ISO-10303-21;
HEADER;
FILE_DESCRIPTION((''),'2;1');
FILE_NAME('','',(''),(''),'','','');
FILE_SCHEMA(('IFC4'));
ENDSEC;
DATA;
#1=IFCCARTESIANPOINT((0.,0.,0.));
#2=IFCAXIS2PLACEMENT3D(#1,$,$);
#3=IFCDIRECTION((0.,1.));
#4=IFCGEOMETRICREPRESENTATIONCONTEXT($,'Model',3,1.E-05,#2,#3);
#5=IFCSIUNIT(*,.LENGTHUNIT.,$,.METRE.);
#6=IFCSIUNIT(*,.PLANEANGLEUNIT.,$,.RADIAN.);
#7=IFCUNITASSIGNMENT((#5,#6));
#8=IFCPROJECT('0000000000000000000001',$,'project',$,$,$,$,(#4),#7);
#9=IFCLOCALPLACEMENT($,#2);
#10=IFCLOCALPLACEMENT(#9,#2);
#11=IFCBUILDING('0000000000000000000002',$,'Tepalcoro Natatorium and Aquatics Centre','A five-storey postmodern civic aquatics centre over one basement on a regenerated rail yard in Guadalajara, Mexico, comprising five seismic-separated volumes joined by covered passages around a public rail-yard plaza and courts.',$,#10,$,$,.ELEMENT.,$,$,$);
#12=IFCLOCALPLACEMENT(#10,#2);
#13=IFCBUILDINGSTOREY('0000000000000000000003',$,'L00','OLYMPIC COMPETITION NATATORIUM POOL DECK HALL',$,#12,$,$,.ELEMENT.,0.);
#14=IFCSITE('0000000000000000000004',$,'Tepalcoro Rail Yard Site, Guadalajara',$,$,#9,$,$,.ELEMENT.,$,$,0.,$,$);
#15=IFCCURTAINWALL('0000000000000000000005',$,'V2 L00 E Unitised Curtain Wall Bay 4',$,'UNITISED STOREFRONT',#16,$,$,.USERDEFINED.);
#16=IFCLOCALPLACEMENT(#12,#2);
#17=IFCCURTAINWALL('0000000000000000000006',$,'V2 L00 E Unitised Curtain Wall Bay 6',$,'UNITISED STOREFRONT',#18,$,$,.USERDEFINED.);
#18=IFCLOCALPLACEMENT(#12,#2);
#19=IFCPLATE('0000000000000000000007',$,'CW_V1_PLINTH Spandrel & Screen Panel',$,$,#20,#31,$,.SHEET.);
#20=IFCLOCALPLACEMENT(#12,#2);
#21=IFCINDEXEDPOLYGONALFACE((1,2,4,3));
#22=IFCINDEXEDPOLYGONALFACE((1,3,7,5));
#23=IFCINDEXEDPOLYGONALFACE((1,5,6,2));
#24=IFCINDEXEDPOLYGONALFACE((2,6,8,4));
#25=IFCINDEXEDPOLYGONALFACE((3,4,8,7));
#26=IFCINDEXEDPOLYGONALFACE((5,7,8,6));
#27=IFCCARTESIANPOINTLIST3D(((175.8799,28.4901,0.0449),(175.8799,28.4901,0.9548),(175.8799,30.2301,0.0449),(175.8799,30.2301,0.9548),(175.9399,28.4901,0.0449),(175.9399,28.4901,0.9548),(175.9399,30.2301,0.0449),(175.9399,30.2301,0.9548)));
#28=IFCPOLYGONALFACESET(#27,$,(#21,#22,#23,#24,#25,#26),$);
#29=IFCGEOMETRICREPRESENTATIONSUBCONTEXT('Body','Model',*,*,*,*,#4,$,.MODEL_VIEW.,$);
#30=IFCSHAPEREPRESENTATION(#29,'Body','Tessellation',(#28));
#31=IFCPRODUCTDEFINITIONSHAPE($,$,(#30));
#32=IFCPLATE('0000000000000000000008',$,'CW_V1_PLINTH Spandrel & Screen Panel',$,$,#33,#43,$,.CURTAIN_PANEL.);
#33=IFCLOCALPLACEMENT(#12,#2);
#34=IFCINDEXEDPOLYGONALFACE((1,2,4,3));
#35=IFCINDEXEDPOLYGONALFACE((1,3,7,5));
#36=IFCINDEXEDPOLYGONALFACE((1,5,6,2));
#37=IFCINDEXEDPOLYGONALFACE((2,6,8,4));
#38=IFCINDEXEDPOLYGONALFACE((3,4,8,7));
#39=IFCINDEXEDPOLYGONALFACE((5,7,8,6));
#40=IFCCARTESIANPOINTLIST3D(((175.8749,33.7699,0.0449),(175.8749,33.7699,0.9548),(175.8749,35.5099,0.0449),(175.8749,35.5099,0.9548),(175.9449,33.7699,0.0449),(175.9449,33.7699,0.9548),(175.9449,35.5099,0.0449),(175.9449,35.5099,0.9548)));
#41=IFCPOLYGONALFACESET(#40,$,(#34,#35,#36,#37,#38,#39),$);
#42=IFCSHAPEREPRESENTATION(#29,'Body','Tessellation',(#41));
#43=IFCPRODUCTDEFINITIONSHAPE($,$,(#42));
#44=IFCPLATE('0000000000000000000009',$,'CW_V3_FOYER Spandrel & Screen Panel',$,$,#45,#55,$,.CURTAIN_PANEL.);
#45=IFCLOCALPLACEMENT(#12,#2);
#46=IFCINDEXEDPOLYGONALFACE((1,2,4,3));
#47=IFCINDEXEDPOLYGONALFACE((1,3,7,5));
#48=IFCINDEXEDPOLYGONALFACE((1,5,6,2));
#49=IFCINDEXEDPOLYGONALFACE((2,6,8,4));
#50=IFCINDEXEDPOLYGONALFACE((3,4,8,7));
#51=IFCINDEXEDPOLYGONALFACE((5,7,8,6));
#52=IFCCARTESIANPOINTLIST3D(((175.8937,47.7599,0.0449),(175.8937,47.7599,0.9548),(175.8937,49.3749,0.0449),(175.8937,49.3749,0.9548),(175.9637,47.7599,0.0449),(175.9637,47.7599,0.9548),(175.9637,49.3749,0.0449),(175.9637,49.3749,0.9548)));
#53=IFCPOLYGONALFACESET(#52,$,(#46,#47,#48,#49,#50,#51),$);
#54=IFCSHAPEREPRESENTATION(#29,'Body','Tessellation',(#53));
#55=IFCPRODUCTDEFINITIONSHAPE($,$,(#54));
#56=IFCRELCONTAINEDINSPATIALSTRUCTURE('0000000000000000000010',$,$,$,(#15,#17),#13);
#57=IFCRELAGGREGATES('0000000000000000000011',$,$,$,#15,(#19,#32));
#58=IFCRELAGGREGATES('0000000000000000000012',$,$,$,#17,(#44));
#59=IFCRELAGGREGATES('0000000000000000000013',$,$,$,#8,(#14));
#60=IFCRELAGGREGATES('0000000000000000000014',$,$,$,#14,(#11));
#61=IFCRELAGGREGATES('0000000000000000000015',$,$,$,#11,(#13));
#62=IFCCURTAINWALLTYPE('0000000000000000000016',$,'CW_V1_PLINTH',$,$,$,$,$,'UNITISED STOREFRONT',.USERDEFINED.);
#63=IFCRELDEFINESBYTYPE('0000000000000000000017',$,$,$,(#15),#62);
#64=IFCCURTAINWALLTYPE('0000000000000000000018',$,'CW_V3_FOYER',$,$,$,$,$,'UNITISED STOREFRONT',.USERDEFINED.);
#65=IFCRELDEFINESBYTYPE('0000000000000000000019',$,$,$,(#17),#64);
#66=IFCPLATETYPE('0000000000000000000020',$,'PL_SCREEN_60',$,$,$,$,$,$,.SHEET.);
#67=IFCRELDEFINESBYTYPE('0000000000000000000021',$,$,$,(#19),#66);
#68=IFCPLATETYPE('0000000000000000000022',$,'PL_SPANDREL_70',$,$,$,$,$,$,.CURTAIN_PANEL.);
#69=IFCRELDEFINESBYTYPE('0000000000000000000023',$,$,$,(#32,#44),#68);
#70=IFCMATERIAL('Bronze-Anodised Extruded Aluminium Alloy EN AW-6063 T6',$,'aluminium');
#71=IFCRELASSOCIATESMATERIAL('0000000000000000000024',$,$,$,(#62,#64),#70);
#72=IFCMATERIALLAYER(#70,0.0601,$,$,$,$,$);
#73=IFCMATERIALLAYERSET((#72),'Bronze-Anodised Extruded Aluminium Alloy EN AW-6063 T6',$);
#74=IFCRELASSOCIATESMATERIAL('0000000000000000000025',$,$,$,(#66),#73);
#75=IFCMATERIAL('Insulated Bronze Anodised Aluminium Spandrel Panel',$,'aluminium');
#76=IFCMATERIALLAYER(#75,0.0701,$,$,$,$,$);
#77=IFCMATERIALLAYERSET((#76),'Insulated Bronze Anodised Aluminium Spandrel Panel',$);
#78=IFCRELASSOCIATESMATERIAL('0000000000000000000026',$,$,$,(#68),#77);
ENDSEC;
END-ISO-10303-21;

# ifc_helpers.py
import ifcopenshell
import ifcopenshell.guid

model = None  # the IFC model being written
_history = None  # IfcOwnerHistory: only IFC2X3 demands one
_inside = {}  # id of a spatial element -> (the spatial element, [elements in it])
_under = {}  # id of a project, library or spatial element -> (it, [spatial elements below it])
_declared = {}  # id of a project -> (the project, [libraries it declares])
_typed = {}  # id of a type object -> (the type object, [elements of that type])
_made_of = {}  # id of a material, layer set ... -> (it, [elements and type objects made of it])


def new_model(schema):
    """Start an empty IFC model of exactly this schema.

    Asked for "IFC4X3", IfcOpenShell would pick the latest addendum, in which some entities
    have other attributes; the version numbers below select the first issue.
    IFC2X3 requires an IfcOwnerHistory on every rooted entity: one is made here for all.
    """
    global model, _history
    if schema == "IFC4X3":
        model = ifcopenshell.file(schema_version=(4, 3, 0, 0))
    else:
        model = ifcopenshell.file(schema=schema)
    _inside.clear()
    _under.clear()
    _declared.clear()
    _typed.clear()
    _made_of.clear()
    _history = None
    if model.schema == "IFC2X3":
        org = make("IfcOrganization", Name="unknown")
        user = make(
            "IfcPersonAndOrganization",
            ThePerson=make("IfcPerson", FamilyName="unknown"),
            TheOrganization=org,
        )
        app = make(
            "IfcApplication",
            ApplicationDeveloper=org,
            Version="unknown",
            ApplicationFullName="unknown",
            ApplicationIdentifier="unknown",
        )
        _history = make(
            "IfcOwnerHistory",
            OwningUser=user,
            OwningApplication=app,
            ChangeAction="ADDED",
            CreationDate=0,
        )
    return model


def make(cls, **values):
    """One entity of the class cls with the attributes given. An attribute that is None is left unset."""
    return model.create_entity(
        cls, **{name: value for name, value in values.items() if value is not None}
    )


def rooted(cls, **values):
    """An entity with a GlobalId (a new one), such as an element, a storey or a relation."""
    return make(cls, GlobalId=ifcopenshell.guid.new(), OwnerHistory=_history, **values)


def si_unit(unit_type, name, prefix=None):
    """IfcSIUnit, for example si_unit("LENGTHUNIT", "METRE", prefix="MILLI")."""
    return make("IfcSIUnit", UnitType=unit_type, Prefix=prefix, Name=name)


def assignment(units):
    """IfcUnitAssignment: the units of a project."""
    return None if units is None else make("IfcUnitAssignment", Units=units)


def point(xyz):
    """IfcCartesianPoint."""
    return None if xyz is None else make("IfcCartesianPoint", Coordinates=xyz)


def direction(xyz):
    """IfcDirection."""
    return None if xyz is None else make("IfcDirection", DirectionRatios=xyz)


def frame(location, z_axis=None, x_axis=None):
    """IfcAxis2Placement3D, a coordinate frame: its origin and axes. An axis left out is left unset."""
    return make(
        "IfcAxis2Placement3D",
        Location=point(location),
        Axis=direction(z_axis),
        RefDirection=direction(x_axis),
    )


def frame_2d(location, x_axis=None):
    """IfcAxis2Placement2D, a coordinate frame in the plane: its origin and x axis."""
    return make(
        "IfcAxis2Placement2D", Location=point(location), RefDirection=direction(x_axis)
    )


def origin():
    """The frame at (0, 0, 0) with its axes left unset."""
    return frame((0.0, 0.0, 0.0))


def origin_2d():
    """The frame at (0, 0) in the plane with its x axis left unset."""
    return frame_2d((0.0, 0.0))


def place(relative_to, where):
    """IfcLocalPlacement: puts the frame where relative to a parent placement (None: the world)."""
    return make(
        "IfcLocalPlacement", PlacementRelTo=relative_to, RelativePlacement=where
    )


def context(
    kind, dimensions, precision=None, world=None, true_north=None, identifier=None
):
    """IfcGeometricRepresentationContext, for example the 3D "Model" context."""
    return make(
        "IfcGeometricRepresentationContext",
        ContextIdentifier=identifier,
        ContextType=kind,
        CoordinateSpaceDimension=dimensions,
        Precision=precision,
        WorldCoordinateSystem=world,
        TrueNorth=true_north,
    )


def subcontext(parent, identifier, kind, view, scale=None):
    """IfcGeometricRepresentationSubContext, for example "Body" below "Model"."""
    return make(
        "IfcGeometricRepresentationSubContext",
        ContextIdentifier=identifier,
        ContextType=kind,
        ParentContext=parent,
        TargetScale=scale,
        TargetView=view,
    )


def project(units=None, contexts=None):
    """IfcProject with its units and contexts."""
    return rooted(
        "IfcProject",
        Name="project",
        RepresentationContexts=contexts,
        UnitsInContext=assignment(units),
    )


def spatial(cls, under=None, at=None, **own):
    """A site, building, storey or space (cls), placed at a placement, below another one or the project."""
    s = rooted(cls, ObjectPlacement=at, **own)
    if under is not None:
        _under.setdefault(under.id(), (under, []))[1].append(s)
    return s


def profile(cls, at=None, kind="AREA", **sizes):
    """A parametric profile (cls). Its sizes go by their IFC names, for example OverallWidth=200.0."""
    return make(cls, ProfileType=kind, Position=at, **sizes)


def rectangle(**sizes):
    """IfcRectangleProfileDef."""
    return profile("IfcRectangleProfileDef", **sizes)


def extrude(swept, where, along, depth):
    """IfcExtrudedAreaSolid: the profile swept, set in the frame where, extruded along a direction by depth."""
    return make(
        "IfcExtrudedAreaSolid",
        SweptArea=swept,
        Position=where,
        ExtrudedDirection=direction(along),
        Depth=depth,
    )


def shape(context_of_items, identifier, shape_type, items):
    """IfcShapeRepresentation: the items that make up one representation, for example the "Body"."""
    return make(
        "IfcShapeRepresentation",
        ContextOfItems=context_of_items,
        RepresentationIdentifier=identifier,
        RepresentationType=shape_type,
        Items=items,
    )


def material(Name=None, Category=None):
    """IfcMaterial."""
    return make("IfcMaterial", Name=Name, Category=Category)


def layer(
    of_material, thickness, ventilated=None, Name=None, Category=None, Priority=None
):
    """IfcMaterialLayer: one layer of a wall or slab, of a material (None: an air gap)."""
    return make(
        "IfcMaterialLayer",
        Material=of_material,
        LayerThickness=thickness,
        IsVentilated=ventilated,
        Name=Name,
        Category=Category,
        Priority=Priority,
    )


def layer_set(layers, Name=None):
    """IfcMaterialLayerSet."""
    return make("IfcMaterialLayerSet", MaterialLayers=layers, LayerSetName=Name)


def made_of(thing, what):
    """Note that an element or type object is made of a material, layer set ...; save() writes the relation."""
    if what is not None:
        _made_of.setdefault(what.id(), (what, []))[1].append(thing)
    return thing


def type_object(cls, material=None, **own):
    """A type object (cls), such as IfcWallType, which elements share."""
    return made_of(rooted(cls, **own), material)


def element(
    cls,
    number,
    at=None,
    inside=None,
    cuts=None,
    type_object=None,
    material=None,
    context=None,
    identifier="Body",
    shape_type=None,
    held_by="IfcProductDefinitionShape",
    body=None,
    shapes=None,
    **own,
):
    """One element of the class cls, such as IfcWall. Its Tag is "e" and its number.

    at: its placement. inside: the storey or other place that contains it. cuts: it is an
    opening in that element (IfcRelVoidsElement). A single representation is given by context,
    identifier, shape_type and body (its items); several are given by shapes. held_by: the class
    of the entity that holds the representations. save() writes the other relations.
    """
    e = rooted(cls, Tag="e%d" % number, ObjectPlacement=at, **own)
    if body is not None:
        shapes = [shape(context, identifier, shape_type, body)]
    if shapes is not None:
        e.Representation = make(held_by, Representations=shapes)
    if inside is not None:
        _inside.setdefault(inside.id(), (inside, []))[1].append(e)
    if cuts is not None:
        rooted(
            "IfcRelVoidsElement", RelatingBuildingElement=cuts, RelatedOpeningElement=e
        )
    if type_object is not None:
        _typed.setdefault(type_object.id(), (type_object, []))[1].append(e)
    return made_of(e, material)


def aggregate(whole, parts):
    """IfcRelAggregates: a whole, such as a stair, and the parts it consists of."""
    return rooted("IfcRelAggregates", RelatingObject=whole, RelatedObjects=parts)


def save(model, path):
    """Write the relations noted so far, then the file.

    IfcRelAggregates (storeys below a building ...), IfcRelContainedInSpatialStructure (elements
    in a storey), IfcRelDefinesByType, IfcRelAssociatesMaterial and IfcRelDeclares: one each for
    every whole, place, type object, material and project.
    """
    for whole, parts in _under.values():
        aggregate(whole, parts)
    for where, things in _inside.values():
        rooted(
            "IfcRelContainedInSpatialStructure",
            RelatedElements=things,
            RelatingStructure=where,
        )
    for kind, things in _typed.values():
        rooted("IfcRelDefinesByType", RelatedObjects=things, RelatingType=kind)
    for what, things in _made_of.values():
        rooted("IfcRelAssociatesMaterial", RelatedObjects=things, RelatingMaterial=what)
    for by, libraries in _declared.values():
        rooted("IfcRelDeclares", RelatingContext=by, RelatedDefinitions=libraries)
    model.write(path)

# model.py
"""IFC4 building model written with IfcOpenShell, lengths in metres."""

from ifc_helpers import new_model, si_unit, direction, frame, origin, origin_2d, place, context, subcontext, project, spatial, rectangle, extrude, material, layer, layer_set, type_object, element, aggregate, save


model = new_model("IFC4")

# Units and contexts
model_context = context("Model", 3, precision=1e-05, world=origin(), true_north=direction((0.0, 1.0)))
body_context = subcontext(model_context, "Body", "Model", "MODEL_VIEW")
ifc_project = project(units=[si_unit("LENGTHUNIT", "METRE"), si_unit("PLANEANGLEUNIT", "RADIAN")], contexts=[model_context])

# Site, building, storey
site_placement = place(None, origin())
site = spatial("IfcSite", under=ifc_project, at=site_placement, Name="Tepalcoro Rail Yard Site, Guadalajara", CompositionType="ELEMENT", RefElevation=0.0)
building_placement = place(site_placement, origin())
building = spatial("IfcBuilding", under=site, at=building_placement, Name="Tepalcoro Natatorium and Aquatics Centre", Description="A five-storey postmodern civic aquatics centre over one basement on a regenerated rail yard in Guadalajara, Mexico, comprising five seismic-separated volumes joined by covered passages around a public rail-yard plaza and courts.", CompositionType="ELEMENT")
storey_placement = place(building_placement, origin())
storey = spatial("IfcBuildingStorey", under=building, at=storey_placement, Name="L00", Description="OLYMPIC COMPETITION NATATORIUM POOL DECK HALL", CompositionType="ELEMENT", Elevation=0.0)

# Curtain walls
ifc_material_1 = material(Name="Bronze-Anodised Extruded Aluminium Alloy EN AW-6063 T6", Category="aluminium")
curtain_wall_type_1 = type_object("IfcCurtainWallType", Name="CW_V1_PLINTH", ElementType="UNITISED STOREFRONT", PredefinedType="USERDEFINED", material=ifc_material_1)
curtain_wall_1_placement = place(storey_placement, origin())
curtain_wall_1 = element("IfcCurtainWall", 1, at=curtain_wall_1_placement, inside=storey, type_object=curtain_wall_type_1, Name="V2 L00 E Unitised Curtain Wall Bay 4", ObjectType="UNITISED STOREFRONT", PredefinedType="USERDEFINED")
curtain_wall_type_2 = type_object("IfcCurtainWallType", Name="CW_V3_FOYER", ElementType="UNITISED STOREFRONT", PredefinedType="USERDEFINED", material=ifc_material_1)
curtain_wall_2_placement = place(storey_placement, origin())
curtain_wall_2 = element("IfcCurtainWall", 2, at=curtain_wall_2_placement, inside=storey, type_object=curtain_wall_type_2, Name="V2 L00 E Unitised Curtain Wall Bay 6", ObjectType="UNITISED STOREFRONT", PredefinedType="USERDEFINED")

# Plates
ifc_layer_1 = layer(ifc_material_1, 0.0601)
ifc_layer_set_1 = layer_set([ifc_layer_1], Name="Bronze-Anodised Extruded Aluminium Alloy EN AW-6063 T6")
plate_type_1 = type_object("IfcPlateType", Name="PL_SCREEN_60", PredefinedType="SHEET", material=ifc_layer_set_1)
plate_1_placement = place(storey_placement, frame((175.9099, 29.3601, 0.0449), z_axis=(0.0, 0.0, 1.0), x_axis=(1.0, 0.0, 0.0)))
plate_1 = element("IfcPlate", 3, at=plate_1_placement, type_object=plate_type_1, Name="CW_V1_PLINTH Spandrel & Screen Panel", PredefinedType="SHEET", context=body_context, shape_type="SweptSolid", body=[
    extrude(rectangle(XDim=0.0601, YDim=1.74, at=origin_2d()), origin(), (0.0, 0.0, 1.0), 0.9099),
])
ifc_material_2 = material(Name="Insulated Bronze Anodised Aluminium Spandrel Panel", Category="aluminium")
ifc_layer_2 = layer(ifc_material_2, 0.0701)
ifc_layer_set_2 = layer_set([ifc_layer_2], Name="Insulated Bronze Anodised Aluminium Spandrel Panel")
plate_type_2 = type_object("IfcPlateType", Name="PL_SPANDREL_70", PredefinedType="CURTAIN_PANEL", material=ifc_layer_set_2)
plate_2_placement = place(storey_placement, frame((175.9099, 34.6399, 0.0449), z_axis=(0.0, 0.0, 1.0), x_axis=(1.0, 0.0, 0.0)))
plate_2 = element("IfcPlate", 4, at=plate_2_placement, type_object=plate_type_2, Name="CW_V1_PLINTH Spandrel & Screen Panel", PredefinedType="CURTAIN_PANEL", context=body_context, shape_type="SweptSolid", body=[
    extrude(rectangle(XDim=0.0701, YDim=1.74, at=origin_2d()), origin(), (0.0, 0.0, 1.0), 0.9099),
])
aggregate(curtain_wall_1, [plate_1, plate_2])
plate_3_placement = place(storey_placement, frame((175.9287, 48.5674, 0.0449), z_axis=(0.0, 0.0, 1.0), x_axis=(1.0, 0.0, 0.0)))
plate_3 = element("IfcPlate", 5, at=plate_3_placement, type_object=plate_type_2, Name="CW_V3_FOYER Spandrel & Screen Panel", PredefinedType="CURTAIN_PANEL", context=body_context, shape_type="SweptSolid", body=[
    extrude(rectangle(XDim=0.0701, YDim=1.615, at=origin_2d()), origin(), (0.0, 0.0, 1.0), 0.9099),
])
aggregate(curtain_wall_2, [plate_3])

save(model, "model.ifc")
